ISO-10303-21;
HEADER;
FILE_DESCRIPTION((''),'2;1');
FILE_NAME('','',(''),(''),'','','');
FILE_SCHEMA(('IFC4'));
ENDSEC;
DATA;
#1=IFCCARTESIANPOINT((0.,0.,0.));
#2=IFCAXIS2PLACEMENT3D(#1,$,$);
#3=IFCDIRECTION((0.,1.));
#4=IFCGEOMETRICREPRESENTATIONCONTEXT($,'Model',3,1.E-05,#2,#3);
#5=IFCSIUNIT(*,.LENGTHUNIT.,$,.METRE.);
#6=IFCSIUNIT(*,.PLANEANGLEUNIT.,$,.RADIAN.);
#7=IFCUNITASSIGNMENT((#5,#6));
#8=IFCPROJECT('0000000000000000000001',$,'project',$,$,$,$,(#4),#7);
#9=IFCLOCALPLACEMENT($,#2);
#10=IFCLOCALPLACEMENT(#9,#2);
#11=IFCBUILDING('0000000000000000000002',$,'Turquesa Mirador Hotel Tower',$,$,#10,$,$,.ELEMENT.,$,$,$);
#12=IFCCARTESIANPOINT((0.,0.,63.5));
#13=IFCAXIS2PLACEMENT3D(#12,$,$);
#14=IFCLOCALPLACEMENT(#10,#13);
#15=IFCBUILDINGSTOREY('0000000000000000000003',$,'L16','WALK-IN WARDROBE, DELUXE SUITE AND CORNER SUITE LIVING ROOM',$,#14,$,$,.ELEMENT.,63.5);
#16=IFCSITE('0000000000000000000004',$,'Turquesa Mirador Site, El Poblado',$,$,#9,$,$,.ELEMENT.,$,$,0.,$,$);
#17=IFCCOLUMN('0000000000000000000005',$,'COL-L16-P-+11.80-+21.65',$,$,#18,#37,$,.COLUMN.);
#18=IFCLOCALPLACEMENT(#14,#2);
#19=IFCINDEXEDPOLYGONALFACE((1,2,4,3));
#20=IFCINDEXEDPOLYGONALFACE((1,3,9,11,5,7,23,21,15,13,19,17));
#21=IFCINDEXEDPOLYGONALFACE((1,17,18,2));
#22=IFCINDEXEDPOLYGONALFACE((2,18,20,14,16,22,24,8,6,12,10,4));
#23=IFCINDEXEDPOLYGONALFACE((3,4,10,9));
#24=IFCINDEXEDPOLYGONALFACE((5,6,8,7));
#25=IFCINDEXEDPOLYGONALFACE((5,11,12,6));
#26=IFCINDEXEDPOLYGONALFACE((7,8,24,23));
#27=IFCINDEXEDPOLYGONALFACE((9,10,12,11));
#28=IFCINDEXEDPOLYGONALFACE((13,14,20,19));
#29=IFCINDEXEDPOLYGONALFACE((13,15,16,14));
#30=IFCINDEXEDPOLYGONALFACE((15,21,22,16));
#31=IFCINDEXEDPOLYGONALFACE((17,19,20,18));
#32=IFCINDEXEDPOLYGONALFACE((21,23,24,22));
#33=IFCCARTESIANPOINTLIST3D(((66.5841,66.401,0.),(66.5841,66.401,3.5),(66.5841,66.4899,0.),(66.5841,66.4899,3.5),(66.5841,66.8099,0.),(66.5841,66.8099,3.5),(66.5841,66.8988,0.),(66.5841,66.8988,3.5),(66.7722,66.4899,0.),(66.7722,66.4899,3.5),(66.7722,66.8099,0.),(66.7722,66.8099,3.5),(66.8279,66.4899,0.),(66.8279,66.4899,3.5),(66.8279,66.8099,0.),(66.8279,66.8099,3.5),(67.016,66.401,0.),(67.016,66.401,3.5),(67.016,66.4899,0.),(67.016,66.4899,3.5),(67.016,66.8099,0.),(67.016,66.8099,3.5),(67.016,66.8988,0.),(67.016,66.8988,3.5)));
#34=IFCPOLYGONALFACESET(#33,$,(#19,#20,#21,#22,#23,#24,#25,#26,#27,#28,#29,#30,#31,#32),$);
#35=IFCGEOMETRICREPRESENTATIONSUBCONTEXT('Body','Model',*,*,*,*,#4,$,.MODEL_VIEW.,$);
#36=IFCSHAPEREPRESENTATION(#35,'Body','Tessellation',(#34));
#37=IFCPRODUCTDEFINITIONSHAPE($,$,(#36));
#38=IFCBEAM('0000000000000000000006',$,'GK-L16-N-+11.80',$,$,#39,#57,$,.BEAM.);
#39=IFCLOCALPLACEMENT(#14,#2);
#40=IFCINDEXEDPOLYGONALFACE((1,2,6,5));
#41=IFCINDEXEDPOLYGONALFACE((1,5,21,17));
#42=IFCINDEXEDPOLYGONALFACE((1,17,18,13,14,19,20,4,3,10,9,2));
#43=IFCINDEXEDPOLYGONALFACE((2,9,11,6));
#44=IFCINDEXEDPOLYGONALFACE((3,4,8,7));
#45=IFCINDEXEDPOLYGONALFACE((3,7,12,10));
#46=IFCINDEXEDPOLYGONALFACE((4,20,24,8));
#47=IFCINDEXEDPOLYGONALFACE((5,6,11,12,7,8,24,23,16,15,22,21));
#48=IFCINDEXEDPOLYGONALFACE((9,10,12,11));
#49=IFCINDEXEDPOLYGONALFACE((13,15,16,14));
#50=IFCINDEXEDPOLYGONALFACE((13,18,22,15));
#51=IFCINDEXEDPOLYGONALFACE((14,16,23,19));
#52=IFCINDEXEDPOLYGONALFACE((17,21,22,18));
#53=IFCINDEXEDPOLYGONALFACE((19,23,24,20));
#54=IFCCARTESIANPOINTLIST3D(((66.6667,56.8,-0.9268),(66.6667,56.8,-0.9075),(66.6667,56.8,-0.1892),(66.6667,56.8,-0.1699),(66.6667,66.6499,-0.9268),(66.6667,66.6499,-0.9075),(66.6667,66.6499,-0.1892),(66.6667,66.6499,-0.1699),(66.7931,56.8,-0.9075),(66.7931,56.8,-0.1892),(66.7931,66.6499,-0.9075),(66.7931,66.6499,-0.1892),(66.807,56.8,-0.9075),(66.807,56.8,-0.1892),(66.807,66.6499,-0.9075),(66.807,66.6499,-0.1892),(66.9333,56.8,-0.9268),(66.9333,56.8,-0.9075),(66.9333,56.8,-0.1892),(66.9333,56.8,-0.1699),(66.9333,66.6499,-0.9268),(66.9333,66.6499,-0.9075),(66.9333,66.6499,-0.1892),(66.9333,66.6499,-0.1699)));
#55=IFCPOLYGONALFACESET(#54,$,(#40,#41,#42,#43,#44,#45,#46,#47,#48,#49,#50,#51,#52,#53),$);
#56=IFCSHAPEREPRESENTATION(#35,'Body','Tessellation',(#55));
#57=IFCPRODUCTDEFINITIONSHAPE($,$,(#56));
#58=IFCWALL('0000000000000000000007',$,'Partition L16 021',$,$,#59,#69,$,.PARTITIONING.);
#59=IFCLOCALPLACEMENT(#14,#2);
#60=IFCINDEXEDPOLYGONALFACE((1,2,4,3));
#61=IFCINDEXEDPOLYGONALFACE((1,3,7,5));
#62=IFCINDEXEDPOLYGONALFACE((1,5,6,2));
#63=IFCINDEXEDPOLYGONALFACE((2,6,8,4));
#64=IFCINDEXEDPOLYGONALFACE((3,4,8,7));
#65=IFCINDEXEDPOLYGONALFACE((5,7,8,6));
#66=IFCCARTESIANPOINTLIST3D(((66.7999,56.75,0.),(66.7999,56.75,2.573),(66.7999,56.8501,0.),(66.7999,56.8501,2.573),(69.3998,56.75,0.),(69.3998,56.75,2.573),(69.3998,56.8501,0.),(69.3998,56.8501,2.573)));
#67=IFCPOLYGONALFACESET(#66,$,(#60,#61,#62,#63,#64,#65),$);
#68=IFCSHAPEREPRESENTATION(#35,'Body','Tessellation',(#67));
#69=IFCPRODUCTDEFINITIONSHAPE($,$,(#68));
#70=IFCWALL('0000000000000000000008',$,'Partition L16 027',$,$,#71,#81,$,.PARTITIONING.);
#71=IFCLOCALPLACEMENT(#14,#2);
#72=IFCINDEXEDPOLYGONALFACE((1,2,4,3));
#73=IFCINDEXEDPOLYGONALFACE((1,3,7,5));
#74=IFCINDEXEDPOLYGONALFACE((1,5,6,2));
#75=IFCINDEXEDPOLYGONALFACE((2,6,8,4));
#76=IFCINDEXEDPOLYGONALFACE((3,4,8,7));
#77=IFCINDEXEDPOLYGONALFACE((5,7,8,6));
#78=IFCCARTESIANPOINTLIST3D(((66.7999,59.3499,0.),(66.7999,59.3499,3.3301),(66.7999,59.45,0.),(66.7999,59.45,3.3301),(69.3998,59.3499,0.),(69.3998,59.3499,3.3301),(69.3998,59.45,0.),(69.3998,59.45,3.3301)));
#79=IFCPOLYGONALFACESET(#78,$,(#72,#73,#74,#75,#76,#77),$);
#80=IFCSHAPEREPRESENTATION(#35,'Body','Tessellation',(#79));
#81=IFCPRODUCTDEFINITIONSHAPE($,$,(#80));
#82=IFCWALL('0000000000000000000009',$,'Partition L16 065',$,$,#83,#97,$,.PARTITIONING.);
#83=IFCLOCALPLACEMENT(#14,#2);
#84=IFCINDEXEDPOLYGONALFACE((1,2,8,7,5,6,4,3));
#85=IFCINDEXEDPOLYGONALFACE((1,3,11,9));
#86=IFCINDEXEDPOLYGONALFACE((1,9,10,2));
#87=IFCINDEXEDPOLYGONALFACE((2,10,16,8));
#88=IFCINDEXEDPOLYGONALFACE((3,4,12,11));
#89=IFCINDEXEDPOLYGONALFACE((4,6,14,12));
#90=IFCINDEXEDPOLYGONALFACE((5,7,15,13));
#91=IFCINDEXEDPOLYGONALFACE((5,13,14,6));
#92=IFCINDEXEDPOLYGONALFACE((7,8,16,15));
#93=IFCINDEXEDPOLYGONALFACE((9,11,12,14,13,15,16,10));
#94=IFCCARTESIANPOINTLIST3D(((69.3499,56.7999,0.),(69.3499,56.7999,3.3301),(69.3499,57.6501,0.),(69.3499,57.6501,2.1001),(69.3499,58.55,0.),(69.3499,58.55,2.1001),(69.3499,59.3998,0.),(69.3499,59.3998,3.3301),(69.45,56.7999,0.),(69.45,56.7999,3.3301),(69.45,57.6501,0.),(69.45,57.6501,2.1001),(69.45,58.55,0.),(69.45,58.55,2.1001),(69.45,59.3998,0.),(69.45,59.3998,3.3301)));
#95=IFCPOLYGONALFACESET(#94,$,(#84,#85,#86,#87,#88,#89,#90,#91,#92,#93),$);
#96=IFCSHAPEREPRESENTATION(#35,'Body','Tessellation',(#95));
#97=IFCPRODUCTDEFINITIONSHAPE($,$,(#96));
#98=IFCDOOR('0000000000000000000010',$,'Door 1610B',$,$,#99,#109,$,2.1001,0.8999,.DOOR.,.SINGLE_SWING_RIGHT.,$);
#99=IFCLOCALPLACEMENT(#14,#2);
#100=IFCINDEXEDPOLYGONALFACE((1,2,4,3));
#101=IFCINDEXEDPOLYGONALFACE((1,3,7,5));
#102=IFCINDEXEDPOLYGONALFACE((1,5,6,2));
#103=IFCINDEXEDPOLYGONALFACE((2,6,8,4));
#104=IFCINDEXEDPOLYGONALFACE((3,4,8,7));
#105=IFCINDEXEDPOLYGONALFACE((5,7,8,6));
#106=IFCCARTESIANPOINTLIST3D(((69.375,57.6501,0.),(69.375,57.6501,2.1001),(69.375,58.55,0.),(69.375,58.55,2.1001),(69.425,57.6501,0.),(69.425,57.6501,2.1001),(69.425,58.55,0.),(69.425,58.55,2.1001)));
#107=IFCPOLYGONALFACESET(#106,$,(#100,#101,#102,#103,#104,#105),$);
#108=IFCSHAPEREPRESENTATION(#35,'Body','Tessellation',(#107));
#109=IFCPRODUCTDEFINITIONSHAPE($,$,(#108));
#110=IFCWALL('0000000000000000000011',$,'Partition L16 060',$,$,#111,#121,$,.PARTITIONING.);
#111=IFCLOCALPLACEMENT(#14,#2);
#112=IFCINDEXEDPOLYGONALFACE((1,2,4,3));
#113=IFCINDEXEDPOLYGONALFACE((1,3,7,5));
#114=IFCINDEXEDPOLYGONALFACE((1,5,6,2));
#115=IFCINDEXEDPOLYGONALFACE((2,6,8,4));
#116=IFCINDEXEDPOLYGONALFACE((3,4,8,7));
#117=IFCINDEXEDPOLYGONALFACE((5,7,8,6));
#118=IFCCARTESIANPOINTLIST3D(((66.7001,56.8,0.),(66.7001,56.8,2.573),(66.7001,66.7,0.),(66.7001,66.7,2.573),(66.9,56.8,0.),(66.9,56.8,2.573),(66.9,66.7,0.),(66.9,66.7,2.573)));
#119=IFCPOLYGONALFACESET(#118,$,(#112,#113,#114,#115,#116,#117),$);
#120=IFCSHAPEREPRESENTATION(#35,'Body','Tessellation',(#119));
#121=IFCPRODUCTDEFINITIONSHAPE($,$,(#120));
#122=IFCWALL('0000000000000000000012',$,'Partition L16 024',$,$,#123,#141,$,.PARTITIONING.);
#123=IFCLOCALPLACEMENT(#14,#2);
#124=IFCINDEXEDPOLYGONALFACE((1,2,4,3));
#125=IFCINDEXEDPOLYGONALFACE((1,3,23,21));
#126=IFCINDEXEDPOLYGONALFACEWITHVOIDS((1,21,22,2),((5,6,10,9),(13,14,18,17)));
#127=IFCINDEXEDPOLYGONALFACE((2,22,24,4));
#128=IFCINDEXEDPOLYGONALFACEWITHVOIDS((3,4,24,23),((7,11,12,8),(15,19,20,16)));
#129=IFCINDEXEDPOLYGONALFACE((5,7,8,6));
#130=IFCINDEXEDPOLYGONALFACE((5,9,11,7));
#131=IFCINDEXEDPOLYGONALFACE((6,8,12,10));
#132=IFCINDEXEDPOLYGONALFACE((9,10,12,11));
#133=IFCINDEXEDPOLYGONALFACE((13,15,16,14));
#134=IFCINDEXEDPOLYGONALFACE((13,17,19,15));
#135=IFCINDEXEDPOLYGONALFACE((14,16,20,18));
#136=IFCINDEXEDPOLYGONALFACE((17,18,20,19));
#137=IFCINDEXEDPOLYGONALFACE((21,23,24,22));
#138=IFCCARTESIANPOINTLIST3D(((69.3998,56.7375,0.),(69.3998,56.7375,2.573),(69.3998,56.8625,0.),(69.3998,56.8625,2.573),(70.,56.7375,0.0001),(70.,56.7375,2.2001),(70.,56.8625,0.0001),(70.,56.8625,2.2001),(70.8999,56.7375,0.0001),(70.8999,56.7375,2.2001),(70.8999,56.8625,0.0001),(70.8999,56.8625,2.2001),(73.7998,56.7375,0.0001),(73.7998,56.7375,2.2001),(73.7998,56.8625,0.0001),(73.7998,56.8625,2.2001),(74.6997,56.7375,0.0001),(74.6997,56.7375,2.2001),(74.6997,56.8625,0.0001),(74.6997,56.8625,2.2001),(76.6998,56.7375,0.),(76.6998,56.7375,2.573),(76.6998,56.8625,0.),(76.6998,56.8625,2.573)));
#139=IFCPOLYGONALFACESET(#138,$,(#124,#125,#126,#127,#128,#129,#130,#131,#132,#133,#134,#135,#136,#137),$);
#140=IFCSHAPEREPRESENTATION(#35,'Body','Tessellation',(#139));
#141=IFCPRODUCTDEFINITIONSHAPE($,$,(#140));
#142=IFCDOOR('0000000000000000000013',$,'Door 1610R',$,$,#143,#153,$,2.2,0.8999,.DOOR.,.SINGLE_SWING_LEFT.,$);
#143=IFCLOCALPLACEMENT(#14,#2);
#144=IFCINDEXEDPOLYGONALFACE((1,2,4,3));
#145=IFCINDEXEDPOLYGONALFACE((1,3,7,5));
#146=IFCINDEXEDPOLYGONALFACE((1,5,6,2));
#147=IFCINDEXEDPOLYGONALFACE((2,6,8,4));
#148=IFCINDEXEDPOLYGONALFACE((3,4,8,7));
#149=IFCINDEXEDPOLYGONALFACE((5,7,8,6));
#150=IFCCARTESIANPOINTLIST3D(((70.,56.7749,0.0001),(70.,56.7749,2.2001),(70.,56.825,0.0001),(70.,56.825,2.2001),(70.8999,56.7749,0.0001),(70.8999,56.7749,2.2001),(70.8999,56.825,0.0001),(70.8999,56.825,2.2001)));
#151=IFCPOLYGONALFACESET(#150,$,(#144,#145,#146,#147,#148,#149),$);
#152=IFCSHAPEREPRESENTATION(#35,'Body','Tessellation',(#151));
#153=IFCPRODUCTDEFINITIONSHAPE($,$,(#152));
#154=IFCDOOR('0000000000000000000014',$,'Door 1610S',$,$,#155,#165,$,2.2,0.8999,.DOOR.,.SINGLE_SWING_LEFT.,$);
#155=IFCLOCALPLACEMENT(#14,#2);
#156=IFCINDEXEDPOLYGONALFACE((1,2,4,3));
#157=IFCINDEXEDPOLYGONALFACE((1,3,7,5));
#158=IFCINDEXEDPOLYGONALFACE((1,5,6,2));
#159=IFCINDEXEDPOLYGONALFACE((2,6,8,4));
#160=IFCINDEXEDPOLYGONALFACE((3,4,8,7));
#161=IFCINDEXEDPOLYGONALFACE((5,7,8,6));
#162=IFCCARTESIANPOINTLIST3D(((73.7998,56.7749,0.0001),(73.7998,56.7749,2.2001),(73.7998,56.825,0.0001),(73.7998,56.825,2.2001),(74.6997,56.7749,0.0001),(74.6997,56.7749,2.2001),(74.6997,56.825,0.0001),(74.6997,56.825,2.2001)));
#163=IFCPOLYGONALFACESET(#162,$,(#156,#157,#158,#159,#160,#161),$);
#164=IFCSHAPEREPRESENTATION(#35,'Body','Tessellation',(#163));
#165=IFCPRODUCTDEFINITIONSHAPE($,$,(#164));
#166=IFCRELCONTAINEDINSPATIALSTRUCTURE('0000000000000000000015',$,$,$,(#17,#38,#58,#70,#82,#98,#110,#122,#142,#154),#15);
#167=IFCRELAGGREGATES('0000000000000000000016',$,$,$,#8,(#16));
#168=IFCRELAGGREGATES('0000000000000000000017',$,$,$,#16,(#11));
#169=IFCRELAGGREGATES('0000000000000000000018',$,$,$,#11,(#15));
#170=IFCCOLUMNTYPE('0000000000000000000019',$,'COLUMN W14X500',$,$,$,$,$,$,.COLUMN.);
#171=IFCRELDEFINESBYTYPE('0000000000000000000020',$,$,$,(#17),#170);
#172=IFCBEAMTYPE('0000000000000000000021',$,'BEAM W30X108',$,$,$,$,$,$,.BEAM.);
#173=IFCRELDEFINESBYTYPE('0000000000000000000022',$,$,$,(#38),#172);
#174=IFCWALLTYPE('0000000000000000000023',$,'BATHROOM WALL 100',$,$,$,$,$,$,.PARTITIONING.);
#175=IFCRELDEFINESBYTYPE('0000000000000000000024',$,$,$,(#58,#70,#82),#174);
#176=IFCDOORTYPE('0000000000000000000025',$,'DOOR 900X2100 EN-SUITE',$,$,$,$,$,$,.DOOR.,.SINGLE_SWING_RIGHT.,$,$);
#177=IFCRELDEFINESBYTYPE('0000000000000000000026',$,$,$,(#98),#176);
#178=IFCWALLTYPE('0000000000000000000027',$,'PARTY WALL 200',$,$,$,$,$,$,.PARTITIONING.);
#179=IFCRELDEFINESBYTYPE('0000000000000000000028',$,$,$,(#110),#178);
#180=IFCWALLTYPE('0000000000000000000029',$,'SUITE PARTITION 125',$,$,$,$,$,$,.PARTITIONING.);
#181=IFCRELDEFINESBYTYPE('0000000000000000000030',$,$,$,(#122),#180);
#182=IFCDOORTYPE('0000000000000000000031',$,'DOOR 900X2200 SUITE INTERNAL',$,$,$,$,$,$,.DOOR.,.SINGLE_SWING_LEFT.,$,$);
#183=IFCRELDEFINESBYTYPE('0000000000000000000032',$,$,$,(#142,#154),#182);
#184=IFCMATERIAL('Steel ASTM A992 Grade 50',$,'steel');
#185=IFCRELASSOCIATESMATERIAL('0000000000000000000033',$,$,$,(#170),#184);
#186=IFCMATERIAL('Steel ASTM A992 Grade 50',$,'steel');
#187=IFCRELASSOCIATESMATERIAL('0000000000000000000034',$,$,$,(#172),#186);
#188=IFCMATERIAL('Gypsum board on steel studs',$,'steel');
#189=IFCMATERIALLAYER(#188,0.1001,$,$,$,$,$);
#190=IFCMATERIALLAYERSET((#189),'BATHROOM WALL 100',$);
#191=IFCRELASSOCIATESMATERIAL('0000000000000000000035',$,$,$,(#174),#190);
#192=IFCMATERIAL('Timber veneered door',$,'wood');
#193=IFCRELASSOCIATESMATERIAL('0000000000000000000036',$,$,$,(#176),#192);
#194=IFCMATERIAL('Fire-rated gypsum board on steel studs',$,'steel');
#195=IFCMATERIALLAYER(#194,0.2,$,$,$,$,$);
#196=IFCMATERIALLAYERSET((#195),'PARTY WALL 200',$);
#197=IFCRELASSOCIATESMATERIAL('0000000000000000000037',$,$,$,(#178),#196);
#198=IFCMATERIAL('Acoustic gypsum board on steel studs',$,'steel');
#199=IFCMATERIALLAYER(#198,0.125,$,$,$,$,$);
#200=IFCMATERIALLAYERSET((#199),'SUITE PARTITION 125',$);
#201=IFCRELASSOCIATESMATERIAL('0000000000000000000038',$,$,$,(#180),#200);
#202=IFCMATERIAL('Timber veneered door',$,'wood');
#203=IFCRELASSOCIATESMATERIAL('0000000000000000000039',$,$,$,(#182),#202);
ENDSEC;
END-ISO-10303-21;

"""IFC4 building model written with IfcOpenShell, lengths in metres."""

from ifc_helpers import new_model, si_unit, direction, frame, frame_2d, origin, origin_2d, place, context, subcontext, project, spatial, rectangle, i_section, extrude, material, layer, layer_set, material_profile, profile_set, type_object, element, fill, save


model = new_model("IFC4")

# Units and contexts
model_context = context("Model", 3, precision=1e-05, world=origin(), true_north=direction((0.0, 1.0)))
body_context = subcontext(model_context, "Body", "Model", "MODEL_VIEW")
ifc_project = project(units=[si_unit("LENGTHUNIT", "METRE"), si_unit("PLANEANGLEUNIT", "RADIAN")], contexts=[model_context])

# Site, building, storey
site_placement = place(None, origin())
site = spatial("IfcSite", under=ifc_project, at=site_placement, Name="Turquesa Mirador Site, El Poblado", CompositionType="ELEMENT", RefElevation=0.0)
building_placement = place(site_placement, origin())
building = spatial("IfcBuilding", under=site, at=building_placement, Name="Turquesa Mirador Hotel Tower", CompositionType="ELEMENT")
storey_placement = place(building_placement, frame((0.0, 0.0, 63.5)))
storey = spatial("IfcBuildingStorey", under=building, at=storey_placement, Name="L16", Description="WALK-IN WARDROBE, DELUXE SUITE AND CORNER SUITE LIVING ROOM", CompositionType="ELEMENT", Elevation=63.5)

# Column
ifc_material_1 = material(Name="Steel ASTM A992 Grade 50", Category="steel")
ifc_material_profile_1 = material_profile(ifc_material_1, i_section(OverallWidth=0.4319, OverallDepth=0.4978, WebThickness=0.0557, FlangeThickness=0.0889, at=origin_2d()), Name="W14X500")
ifc_profile_set_1 = profile_set([ifc_material_profile_1], Name="Steel ASTM A992 Grade 50")
column_type = type_object("IfcColumnType", Name="COLUMN W14X500", PredefinedType="COLUMN", material=ifc_profile_set_1)
column_placement = place(storey_placement, frame((66.8, 66.6499, 0.0), z_axis=(0.0, 0.0, 1.0), x_axis=(1.0, 0.0, 0.0)))
element("IfcColumn", 1, at=column_placement, inside=storey, type_object=column_type, Name="COL-L16-P-+11.80-+21.65", PredefinedType="COLUMN", context=body_context, shape_type="SweptSolid", body=[
    extrude(i_section(OverallWidth=0.4319, OverallDepth=0.4978, WebThickness=0.0557, FlangeThickness=0.0889, at=origin_2d()), origin(), (0.0, 0.0, 1.0), 3.5),
])

# Beam
ifc_material_2 = material(Name="Steel ASTM A992 Grade 50", Category="steel")
ifc_material_profile_2 = material_profile(ifc_material_2, i_section(OverallWidth=0.2666, OverallDepth=0.7568, WebThickness=0.0139, FlangeThickness=0.0193, at=origin_2d()), Name="W30X108")
ifc_profile_set_2 = profile_set([ifc_material_profile_2], Name="Steel ASTM A992 Grade 50")
beam_type = type_object("IfcBeamType", Name="BEAM W30X108", PredefinedType="BEAM", material=ifc_profile_set_2)
beam_placement = place(storey_placement, frame((66.8, 66.6499, -0.5483), z_axis=(0.0, -1.0, 0.0), x_axis=(1.0, 0.0, 0.0)))
element("IfcBeam", 2, at=beam_placement, inside=storey, type_object=beam_type, Name="GK-L16-N-+11.80", PredefinedType="BEAM", context=body_context, shape_type="SweptSolid", body=[
    extrude(i_section(OverallWidth=0.2666, OverallDepth=0.7568, WebThickness=0.0139, FlangeThickness=0.0193, at=origin_2d()), origin(), (0.0, 0.0, 1.0), 9.8499),
])

# Walls
ifc_material_3 = material(Name="Gypsum board on steel studs", Category="steel")
ifc_layer_1 = layer(ifc_material_3, 0.1001)
ifc_layer_set_1 = layer_set([ifc_layer_1], Name="BATHROOM WALL 100")
wall_type_1 = type_object("IfcWallType", Name="BATHROOM WALL 100", PredefinedType="PARTITIONING", material=ifc_layer_set_1)
wall_1_placement = place(storey_placement, frame((66.8, 56.8, 0.0), z_axis=(0.0, 0.0, 1.0), x_axis=(1.0, 0.0, 0.0)))
element("IfcWall", 3, at=wall_1_placement, inside=storey, type_object=wall_type_1, Name="Partition L16 021", PredefinedType="PARTITIONING", context=body_context, shape_type="SweptSolid", body=[
    extrude(rectangle(XDim=2.5999, YDim=0.1001, at=frame_2d((1.2998, 0.0))), origin(), (0.0, 0.0, 1.0), 2.573),
])
wall_2_placement = place(storey_placement, frame((66.8, 59.3999, 0.0), z_axis=(0.0, 0.0, 1.0), x_axis=(1.0, 0.0, 0.0)))
element("IfcWall", 4, at=wall_2_placement, inside=storey, type_object=wall_type_1, Name="Partition L16 027", PredefinedType="PARTITIONING", context=body_context, shape_type="SweptSolid", body=[
    extrude(rectangle(XDim=2.5999, YDim=0.1001, at=frame_2d((1.2998, 0.0))), origin(), (0.0, 0.0, 1.0), 3.3301),
])

# Wall, opening, door
wall_3_placement = place(storey_placement, frame((69.3999, 56.8, 0.0), z_axis=(0.0, 0.0, 1.0), x_axis=(0.0, 1.0, 0.0)))
wall_3 = element("IfcWall", 5, at=wall_3_placement, inside=storey, type_object=wall_type_1, Name="Partition L16 065", PredefinedType="PARTITIONING", context=body_context, shape_type="SweptSolid", body=[
    extrude(rectangle(XDim=2.5999, YDim=0.1001, at=frame_2d((1.2998, 0.0))), origin(), (0.0, 0.0, 1.0), 3.3301),
])
opening_1_placement = place(wall_3_placement, frame((0.8501, 0.0, 0.0)))
opening_1 = element("IfcOpeningElement", 6, at=opening_1_placement, cuts=wall_3, PredefinedType="OPENING", context=body_context, shape_type="SweptSolid", body=[
    extrude(rectangle(XDim=0.8999, YDim=2.1001, at=frame_2d((0.45, 1.05))), frame((0.0, 0.0601, 0.0), z_axis=(0.0, -1.0, 0.0), x_axis=(1.0, 0.0, 0.0)), (0.0, 0.0, 1.0), 0.1201),
])
ifc_material_4 = material(Name="Timber veneered door", Category="wood")
door_type_1 = type_object("IfcDoorType", Name="DOOR 900X2100 EN-SUITE", OperationType="SINGLE_SWING_RIGHT", PredefinedType="DOOR", material=ifc_material_4)
door_1_placement = place(opening_1_placement, origin())
door_1 = element("IfcDoor", 7, at=door_1_placement, inside=storey, type_object=door_type_1, Name="Door 1610B", OperationType="SINGLE_SWING_RIGHT", OverallHeight=2.1001, OverallWidth=0.8999, PredefinedType="DOOR", context=body_context, shape_type="SweptSolid", body=[
    extrude(rectangle(XDim=0.8999, YDim=2.1001, at=frame_2d((0.45, 1.05))), frame((0.0, 0.0249, 0.0), z_axis=(0.0, -1.0, 0.0), x_axis=(1.0, 0.0, 0.0)), (0.0, 0.0, 1.0), 0.05),
])
fill(opening_1, door_1)

# Wall
ifc_material_5 = material(Name="Fire-rated gypsum board on steel studs", Category="steel")
ifc_layer_2 = layer(ifc_material_5, 0.2)
ifc_layer_set_2 = layer_set([ifc_layer_2], Name="PARTY WALL 200")
wall_type_2 = type_object("IfcWallType", Name="PARTY WALL 200", PredefinedType="PARTITIONING", material=ifc_layer_set_2)
wall_4_placement = place(storey_placement, frame((66.8, 56.8, 0.0), z_axis=(0.0, 0.0, 1.0), x_axis=(0.0, 1.0, 0.0)))
element("IfcWall", 8, at=wall_4_placement, inside=storey, type_object=wall_type_2, Name="Partition L16 060", PredefinedType="PARTITIONING", context=body_context, shape_type="SweptSolid", body=[
    extrude(rectangle(XDim=9.8999, YDim=0.2, at=frame_2d((4.95, 0.0))), origin(), (0.0, 0.0, 1.0), 2.573),
])

# Wall, openings, doors
ifc_material_6 = material(Name="Acoustic gypsum board on steel studs", Category="steel")
ifc_layer_3 = layer(ifc_material_6, 0.125)
ifc_layer_set_3 = layer_set([ifc_layer_3], Name="SUITE PARTITION 125")
wall_type_3 = type_object("IfcWallType", Name="SUITE PARTITION 125", PredefinedType="PARTITIONING", material=ifc_layer_set_3)
wall_5_placement = place(storey_placement, frame((69.3999, 56.8, 0.0), z_axis=(0.0, 0.0, 1.0), x_axis=(1.0, 0.0, 0.0)))
wall_5 = element("IfcWall", 9, at=wall_5_placement, inside=storey, type_object=wall_type_3, Name="Partition L16 024", PredefinedType="PARTITIONING", context=body_context, shape_type="SweptSolid", body=[
    extrude(rectangle(XDim=7.3, YDim=0.125, at=frame_2d((3.6499, 0.0))), origin(), (0.0, 0.0, 1.0), 2.573),
])
opening_2_placement = place(wall_5_placement, frame((0.6001, 0.0, 0.0)))
opening_2 = element("IfcOpeningElement", 10, at=opening_2_placement, cuts=wall_5, PredefinedType="OPENING", context=body_context, shape_type="SweptSolid", body=[
    extrude(rectangle(XDim=0.8999, YDim=2.2, at=frame_2d((0.45, 1.1001))), frame((0.0, 0.0725, 0.0), z_axis=(0.0, -1.0, 0.0), x_axis=(1.0, 0.0, 0.0)), (0.0, 0.0, 1.0), 0.145),
])
opening_3_placement = place(wall_5_placement, frame((4.3999, 0.0, 0.0)))
opening_3 = element("IfcOpeningElement", 11, at=opening_3_placement, cuts=wall_5, PredefinedType="OPENING", context=body_context, shape_type="SweptSolid", body=[
    extrude(rectangle(XDim=0.8999, YDim=2.2, at=frame_2d((0.45, 1.1001))), frame((0.0, 0.0725, 0.0), z_axis=(0.0, -1.0, 0.0), x_axis=(1.0, 0.0, 0.0)), (0.0, 0.0, 1.0), 0.145),
])
ifc_material_7 = material(Name="Timber veneered door", Category="wood")
door_type_2 = type_object("IfcDoorType", Name="DOOR 900X2200 SUITE INTERNAL", OperationType="SINGLE_SWING_LEFT", PredefinedType="DOOR", material=ifc_material_7)
door_2_placement = place(opening_2_placement, origin())
door_2 = element("IfcDoor", 12, at=door_2_placement, inside=storey, type_object=door_type_2, Name="Door 1610R", OperationType="SINGLE_SWING_LEFT", OverallHeight=2.2, OverallWidth=0.8999, PredefinedType="DOOR", context=body_context, shape_type="SweptSolid", body=[
    extrude(rectangle(XDim=0.8999, YDim=2.2, at=frame_2d((0.45, 1.1001))), frame((0.0, 0.0249, 0.0), z_axis=(0.0, -1.0, 0.0), x_axis=(1.0, 0.0, 0.0)), (0.0, 0.0, 1.0), 0.05),
])
fill(opening_2, door_2)
door_3_placement = place(opening_3_placement, origin())
door_3 = element("IfcDoor", 13, at=door_3_placement, inside=storey, type_object=door_type_2, Name="Door 1610S", OperationType="SINGLE_SWING_LEFT", OverallHeight=2.2, OverallWidth=0.8999, PredefinedType="DOOR", context=body_context, shape_type="SweptSolid", body=[
    extrude(rectangle(XDim=0.8999, YDim=2.2, at=frame_2d((0.45, 1.1001))), frame((0.0, 0.0249, 0.0), z_axis=(0.0, -1.0, 0.0), x_axis=(1.0, 0.0, 0.0)), (0.0, 0.0, 1.0), 0.05),
])
fill(opening_3, door_3)

save(model, "model.ifc")
